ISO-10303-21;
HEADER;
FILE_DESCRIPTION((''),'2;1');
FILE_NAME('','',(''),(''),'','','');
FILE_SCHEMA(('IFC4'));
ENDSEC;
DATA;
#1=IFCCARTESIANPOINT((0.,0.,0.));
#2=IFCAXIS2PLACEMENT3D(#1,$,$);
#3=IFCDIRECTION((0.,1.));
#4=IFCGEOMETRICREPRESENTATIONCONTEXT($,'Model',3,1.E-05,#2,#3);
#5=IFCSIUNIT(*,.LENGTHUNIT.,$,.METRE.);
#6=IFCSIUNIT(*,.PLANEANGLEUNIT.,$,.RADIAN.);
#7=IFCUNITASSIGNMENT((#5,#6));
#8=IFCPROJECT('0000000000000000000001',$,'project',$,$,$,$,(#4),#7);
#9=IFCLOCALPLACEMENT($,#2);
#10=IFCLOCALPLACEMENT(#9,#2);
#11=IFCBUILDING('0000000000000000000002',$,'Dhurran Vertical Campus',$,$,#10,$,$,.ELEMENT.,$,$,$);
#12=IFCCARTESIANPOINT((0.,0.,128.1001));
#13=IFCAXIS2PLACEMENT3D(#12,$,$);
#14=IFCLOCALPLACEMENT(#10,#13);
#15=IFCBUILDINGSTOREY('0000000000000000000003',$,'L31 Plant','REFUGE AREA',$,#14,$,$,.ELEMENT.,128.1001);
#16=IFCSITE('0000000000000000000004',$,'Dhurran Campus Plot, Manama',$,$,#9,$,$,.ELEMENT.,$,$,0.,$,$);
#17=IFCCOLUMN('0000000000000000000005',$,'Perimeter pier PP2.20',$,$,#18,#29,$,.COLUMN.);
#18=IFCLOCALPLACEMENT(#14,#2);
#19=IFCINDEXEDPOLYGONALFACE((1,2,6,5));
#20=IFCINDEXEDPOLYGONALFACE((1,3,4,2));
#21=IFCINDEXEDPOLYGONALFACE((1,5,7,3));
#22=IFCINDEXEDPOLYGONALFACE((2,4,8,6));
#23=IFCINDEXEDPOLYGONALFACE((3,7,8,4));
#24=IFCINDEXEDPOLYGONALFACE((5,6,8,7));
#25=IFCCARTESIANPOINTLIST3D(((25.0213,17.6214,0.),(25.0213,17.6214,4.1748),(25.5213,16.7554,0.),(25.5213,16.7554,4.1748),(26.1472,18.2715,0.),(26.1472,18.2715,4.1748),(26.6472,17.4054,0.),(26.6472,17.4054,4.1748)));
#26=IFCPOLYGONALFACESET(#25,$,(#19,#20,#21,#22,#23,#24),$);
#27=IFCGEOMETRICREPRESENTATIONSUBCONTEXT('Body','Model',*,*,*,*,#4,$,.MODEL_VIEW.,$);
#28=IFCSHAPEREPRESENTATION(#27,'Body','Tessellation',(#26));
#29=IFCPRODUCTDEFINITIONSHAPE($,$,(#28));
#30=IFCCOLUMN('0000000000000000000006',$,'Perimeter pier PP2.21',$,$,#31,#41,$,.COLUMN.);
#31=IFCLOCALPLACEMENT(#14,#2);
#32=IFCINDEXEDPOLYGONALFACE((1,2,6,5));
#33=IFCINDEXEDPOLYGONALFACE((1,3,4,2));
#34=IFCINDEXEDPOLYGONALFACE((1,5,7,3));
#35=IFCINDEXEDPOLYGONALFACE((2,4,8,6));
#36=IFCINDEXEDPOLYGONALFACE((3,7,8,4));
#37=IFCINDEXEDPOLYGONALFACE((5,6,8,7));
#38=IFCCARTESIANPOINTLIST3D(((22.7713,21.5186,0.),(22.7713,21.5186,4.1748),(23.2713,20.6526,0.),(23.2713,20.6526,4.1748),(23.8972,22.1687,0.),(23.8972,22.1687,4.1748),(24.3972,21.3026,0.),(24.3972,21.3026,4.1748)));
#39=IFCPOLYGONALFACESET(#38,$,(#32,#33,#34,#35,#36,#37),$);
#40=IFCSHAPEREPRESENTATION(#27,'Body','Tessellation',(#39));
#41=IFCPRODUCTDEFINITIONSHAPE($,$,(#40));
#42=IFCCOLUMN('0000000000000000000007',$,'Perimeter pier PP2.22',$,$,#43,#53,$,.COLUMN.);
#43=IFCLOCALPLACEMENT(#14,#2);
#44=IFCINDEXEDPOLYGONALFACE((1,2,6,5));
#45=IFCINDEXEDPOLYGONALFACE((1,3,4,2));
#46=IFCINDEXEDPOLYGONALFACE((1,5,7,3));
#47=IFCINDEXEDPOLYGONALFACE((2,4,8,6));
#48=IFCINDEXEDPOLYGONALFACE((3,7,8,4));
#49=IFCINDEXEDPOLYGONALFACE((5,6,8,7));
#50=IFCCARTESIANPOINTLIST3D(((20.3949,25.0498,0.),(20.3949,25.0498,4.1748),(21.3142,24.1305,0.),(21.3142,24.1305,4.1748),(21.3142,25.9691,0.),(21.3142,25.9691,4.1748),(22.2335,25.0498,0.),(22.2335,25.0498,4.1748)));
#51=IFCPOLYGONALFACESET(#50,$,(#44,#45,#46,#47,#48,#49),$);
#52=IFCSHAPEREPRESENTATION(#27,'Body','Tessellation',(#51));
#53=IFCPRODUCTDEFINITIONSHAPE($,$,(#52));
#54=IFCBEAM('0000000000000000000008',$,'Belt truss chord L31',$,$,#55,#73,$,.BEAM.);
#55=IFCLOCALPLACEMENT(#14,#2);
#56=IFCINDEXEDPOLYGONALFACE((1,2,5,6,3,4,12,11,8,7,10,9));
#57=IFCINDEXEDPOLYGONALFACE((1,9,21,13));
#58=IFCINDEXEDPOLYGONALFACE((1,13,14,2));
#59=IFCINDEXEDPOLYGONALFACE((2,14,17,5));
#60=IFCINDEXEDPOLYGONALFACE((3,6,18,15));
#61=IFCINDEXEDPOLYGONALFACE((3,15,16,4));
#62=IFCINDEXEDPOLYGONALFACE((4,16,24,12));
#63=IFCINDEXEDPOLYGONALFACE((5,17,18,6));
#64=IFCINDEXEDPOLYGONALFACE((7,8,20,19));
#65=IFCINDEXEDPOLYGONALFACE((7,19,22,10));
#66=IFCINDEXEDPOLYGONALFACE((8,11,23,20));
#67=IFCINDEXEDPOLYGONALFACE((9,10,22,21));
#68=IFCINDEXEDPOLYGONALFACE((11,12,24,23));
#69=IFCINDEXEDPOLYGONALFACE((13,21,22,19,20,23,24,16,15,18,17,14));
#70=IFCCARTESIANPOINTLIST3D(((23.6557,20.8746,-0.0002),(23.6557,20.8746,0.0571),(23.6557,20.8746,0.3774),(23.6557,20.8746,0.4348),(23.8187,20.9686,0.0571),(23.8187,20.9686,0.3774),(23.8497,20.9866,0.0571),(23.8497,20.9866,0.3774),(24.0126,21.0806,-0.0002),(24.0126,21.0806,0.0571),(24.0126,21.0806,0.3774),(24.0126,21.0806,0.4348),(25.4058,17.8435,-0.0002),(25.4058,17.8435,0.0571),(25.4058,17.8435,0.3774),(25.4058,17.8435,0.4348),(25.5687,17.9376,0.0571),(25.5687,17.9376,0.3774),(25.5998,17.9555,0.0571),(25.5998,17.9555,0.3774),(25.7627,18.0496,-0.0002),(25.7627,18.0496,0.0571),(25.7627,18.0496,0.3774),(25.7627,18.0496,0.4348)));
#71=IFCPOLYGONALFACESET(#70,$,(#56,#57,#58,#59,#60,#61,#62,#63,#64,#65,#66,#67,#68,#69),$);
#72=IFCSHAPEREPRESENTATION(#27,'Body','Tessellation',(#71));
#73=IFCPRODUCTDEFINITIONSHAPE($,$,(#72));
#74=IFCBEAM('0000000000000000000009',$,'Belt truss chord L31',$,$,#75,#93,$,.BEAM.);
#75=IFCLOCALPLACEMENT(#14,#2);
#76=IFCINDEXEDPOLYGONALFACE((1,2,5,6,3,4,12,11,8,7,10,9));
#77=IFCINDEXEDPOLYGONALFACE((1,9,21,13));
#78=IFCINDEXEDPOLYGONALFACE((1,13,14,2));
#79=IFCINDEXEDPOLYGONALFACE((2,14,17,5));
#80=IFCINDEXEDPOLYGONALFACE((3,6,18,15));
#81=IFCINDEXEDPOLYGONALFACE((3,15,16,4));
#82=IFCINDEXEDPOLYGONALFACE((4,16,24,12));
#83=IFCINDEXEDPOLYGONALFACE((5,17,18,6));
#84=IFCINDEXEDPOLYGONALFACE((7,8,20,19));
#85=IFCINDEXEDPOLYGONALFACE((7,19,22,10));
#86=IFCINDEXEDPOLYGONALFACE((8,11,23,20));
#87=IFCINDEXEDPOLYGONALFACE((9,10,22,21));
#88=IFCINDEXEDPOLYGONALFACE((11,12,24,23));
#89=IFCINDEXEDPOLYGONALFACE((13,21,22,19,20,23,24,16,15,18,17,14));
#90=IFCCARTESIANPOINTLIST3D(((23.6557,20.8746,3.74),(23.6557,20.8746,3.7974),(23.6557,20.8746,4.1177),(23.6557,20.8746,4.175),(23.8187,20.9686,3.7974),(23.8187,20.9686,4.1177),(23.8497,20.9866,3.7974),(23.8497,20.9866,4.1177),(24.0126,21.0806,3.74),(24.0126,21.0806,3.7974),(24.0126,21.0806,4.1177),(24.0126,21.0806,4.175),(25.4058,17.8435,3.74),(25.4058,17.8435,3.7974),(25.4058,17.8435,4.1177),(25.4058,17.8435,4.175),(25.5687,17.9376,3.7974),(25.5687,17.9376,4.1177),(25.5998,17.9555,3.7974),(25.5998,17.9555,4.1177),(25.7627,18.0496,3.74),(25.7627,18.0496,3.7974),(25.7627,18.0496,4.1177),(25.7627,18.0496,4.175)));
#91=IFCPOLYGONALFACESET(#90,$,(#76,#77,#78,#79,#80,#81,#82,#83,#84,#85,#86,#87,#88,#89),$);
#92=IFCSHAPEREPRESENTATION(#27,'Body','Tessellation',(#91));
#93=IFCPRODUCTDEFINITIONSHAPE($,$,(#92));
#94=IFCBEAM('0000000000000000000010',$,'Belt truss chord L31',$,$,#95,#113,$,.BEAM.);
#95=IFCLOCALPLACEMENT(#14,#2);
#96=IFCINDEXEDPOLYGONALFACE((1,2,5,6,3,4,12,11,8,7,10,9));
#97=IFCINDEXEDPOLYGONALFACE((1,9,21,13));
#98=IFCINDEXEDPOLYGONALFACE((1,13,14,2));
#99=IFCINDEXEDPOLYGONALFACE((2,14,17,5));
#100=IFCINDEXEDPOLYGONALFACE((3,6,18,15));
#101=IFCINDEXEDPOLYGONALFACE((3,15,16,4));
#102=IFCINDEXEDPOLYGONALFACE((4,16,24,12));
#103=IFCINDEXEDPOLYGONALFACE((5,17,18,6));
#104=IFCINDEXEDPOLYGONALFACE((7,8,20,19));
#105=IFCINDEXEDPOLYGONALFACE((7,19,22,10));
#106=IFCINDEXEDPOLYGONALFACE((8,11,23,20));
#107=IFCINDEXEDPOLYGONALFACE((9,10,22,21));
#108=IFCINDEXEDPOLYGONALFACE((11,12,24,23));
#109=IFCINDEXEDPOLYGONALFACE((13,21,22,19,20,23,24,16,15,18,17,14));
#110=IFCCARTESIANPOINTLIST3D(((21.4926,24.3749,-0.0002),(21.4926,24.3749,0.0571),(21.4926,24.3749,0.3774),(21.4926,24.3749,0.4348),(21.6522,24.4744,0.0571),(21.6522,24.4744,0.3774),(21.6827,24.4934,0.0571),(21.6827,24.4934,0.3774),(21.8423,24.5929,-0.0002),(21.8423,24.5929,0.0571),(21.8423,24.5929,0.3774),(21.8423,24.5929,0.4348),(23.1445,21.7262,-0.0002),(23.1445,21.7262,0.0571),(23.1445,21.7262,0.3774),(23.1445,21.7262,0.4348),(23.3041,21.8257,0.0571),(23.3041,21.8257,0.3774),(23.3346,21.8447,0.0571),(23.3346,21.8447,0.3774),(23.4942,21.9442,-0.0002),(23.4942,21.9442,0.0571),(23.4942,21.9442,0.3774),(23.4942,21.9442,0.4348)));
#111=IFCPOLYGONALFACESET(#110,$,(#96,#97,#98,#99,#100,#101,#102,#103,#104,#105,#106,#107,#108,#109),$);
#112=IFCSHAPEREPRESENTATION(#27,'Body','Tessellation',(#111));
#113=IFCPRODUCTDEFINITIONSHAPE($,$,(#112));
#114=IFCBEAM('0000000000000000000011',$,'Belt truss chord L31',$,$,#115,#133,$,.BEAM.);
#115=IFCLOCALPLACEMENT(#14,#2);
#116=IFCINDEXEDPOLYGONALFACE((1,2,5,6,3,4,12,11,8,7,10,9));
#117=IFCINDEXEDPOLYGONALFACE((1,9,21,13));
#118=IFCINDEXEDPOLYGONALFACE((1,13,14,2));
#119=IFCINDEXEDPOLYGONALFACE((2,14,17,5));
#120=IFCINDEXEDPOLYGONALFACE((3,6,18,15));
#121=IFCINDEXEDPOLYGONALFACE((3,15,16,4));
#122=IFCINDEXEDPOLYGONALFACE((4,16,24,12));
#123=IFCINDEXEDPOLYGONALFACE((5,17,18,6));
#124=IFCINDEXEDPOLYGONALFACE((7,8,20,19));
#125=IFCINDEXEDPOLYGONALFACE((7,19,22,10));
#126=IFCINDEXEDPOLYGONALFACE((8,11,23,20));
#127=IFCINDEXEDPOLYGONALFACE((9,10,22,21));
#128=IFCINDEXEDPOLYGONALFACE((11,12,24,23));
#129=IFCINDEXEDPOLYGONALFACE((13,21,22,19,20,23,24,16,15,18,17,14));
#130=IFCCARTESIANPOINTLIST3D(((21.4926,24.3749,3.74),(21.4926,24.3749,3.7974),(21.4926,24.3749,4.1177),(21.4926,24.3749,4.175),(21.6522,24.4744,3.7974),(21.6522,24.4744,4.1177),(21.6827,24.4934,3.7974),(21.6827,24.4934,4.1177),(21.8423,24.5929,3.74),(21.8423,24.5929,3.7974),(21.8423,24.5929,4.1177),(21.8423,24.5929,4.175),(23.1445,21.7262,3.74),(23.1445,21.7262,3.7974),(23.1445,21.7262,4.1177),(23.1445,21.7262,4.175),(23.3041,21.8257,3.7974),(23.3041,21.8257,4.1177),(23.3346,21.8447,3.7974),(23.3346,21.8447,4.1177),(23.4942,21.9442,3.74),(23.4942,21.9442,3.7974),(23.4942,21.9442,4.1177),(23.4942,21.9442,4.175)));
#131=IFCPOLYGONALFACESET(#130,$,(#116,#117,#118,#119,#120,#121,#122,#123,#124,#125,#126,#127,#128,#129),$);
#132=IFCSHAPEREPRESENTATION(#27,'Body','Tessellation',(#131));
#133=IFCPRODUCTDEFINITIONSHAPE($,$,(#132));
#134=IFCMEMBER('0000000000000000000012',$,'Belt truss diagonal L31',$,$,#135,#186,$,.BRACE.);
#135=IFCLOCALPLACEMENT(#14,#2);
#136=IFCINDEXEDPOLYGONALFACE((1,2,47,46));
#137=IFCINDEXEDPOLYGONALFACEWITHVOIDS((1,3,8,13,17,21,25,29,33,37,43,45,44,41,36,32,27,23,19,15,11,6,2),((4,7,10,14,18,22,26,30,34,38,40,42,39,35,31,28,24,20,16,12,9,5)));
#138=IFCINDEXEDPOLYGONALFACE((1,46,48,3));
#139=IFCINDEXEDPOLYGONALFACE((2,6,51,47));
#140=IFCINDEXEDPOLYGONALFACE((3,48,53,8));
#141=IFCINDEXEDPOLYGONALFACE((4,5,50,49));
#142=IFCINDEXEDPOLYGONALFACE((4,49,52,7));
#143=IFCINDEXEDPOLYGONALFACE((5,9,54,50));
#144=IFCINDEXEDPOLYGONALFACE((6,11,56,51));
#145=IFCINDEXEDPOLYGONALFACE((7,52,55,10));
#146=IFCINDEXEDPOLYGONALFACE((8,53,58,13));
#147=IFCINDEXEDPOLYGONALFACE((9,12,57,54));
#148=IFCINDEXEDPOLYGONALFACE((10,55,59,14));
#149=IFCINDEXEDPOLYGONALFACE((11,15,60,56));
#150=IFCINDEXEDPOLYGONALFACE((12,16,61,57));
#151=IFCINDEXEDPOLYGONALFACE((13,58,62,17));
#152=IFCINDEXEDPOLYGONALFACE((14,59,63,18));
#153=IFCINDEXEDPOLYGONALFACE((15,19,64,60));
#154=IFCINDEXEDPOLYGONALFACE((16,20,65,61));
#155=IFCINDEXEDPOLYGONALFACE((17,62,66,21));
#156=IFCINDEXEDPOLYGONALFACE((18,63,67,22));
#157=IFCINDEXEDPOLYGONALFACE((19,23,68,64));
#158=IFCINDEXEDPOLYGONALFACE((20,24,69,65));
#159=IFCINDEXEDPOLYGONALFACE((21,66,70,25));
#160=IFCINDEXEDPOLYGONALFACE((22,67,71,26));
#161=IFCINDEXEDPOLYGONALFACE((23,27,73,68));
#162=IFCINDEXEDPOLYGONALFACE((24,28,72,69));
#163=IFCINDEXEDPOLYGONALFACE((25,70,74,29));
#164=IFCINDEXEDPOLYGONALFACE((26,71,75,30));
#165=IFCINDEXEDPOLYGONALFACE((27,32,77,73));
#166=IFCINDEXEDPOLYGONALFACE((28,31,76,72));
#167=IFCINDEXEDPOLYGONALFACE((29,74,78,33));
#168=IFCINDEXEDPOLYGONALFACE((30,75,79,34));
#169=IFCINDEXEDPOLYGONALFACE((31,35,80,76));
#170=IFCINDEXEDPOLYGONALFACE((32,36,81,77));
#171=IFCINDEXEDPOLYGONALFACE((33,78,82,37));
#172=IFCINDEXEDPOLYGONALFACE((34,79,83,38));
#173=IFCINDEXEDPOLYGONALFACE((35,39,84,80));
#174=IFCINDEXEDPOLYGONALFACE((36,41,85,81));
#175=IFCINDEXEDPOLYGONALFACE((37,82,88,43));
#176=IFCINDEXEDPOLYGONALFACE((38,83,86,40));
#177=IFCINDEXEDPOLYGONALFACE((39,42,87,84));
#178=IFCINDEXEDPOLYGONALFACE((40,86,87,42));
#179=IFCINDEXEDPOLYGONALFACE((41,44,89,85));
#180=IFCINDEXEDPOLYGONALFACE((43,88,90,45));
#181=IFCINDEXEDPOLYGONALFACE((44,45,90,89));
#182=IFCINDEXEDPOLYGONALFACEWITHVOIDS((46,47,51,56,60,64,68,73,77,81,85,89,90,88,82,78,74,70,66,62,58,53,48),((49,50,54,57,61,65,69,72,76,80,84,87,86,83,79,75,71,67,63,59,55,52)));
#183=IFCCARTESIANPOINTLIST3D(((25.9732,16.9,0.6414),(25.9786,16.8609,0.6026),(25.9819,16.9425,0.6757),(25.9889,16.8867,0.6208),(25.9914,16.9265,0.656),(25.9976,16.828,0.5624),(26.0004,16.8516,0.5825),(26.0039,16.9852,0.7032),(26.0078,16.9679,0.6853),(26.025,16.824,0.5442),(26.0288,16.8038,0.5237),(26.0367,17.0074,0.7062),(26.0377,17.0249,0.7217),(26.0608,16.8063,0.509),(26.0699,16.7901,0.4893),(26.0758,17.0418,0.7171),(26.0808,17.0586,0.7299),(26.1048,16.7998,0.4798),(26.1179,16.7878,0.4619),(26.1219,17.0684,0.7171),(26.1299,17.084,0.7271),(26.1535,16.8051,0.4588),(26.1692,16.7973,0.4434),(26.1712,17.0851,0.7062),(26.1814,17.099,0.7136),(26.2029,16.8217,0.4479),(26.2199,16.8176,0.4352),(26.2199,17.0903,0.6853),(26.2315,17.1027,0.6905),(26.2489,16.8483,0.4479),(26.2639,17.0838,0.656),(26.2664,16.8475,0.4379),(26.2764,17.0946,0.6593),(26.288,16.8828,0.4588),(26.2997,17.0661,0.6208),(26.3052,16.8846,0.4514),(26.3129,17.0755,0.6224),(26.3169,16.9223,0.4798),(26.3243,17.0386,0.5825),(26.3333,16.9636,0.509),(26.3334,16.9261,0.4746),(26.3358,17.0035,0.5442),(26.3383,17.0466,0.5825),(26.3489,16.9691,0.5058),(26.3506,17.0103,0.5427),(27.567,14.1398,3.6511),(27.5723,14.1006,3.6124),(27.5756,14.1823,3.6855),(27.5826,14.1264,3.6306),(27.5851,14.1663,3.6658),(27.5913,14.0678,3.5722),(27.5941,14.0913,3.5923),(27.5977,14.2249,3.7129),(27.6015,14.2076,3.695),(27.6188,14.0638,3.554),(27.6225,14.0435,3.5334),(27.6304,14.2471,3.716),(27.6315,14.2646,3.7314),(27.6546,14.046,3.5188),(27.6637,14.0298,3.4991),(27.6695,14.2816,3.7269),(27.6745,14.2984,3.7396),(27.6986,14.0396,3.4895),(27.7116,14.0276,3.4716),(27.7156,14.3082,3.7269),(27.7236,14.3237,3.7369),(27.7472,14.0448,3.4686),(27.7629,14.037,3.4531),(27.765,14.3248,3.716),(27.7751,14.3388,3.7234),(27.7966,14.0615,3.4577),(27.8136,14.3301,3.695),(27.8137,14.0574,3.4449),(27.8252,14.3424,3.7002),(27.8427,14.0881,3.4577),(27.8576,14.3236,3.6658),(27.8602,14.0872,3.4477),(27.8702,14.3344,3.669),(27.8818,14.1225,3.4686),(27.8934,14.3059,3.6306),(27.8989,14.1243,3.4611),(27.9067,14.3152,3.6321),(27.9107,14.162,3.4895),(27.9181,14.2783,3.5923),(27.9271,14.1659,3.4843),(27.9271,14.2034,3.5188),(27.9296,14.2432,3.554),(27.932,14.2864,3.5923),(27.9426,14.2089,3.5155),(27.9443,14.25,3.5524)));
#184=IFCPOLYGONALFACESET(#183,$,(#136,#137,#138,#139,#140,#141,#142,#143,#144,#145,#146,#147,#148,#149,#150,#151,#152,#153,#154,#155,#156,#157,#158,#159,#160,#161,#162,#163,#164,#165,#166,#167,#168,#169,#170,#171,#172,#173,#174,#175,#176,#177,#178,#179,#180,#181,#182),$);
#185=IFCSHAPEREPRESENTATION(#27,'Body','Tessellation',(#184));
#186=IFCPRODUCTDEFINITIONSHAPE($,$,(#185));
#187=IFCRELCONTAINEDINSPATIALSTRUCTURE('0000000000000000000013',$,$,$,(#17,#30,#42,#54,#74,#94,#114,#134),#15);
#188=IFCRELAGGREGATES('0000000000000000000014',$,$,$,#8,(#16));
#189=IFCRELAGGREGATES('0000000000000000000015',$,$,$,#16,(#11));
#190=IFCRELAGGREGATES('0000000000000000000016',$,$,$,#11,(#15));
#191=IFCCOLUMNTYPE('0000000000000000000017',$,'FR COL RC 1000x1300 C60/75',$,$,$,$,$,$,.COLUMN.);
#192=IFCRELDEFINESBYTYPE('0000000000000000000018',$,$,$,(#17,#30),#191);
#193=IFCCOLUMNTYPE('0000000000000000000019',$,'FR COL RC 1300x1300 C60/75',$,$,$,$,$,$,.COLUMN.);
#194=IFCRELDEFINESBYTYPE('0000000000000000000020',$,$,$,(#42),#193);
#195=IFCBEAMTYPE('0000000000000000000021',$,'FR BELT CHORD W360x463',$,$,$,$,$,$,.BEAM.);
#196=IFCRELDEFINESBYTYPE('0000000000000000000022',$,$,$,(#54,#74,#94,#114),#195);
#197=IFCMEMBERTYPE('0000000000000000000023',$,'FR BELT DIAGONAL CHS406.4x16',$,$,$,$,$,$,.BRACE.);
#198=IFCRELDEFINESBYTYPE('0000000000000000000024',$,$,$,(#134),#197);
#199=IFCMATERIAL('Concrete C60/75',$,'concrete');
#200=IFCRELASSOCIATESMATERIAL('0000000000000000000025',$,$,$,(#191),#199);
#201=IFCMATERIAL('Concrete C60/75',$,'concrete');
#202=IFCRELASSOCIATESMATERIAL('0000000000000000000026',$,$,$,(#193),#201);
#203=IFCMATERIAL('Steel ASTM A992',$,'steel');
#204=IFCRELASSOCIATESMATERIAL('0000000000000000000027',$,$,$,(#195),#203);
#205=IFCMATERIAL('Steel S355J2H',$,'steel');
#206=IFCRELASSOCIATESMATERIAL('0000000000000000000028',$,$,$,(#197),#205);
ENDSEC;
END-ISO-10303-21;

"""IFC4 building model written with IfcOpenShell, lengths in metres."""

from ifc_helpers import new_model, si_unit, direction, frame, origin, origin_2d, place, context, subcontext, project, spatial, rectangle, hollow_circle, i_section, extrude, material, material_profile, profile_set, type_object, element, save


model = new_model("IFC4")

# Units and contexts
model_context = context("Model", 3, precision=1e-05, world=origin(), true_north=direction((0.0, 1.0)))
body_context = subcontext(model_context, "Body", "Model", "MODEL_VIEW")
ifc_project = project(units=[si_unit("LENGTHUNIT", "METRE"), si_unit("PLANEANGLEUNIT", "RADIAN")], contexts=[model_context])

# Site, building, storey
site_placement = place(None, origin())
site = spatial("IfcSite", under=ifc_project, at=site_placement, Name="Dhurran Campus Plot, Manama", CompositionType="ELEMENT", RefElevation=0.0)
building_placement = place(site_placement, origin())
building = spatial("IfcBuilding", under=site, at=building_placement, Name="Dhurran Vertical Campus", CompositionType="ELEMENT")
storey_placement = place(building_placement, frame((0.0, 0.0, 128.1001)))
storey = spatial("IfcBuildingStorey", under=building, at=storey_placement, Name="L31 Plant", Description="REFUGE AREA", CompositionType="ELEMENT", Elevation=128.1001)

# Columns
ifc_material_1 = material(Name="Concrete C60/75", Category="concrete")
ifc_material_profile_1 = material_profile(ifc_material_1, rectangle(XDim=1.0, YDim=1.3, at=origin_2d()), Name="RC 1000x1300")
ifc_profile_set_1 = profile_set([ifc_material_profile_1], Name="Concrete C60/75")
column_type_1 = type_object("IfcColumnType", Name="FR COL RC 1000x1300 C60/75", PredefinedType="COLUMN", material=ifc_profile_set_1)
for number, where, z_axis, x_axis, name in (
    (1, (25.8342, 17.5134, 0.0), (0.0, 0.0, 1.0), (-0.5, 0.866025, 0.0), "Perimeter pier PP2.20"),
    (2, (23.5842, 21.4106, 0.0), (0.0, 0.0, 1.0), (-0.5, 0.866025, 0.0), "Perimeter pier PP2.21"),
):
    element("IfcColumn", number, at=place(storey_placement, frame(where, z_axis=z_axis, x_axis=x_axis)), inside=storey, type_object=column_type_1, Name=name, PredefinedType="COLUMN", context=body_context, shape_type="SweptSolid", body=[
        extrude(rectangle(XDim=1.0, YDim=1.3, at=origin_2d()), origin(), (0.0, 0.0, 1.0), 4.1748),
    ])
ifc_material_2 = material(Name="Concrete C60/75", Category="concrete")
ifc_material_profile_2 = material_profile(ifc_material_2, rectangle(XDim=1.3, YDim=1.3, at=origin_2d()), Name="RC 1300x1300")
ifc_profile_set_2 = profile_set([ifc_material_profile_2], Name="Concrete C60/75")
column_type_2 = type_object("IfcColumnType", Name="FR COL RC 1300x1300 C60/75", PredefinedType="COLUMN", material=ifc_profile_set_2)
column_placement = place(storey_placement, frame((21.3142, 25.0498, 0.0), z_axis=(0.0, 0.0, 1.0), x_axis=(-0.707107, 0.707107, 0.0)))
element("IfcColumn", 3, at=column_placement, inside=storey, type_object=column_type_2, Name="Perimeter pier PP2.22", PredefinedType="COLUMN", context=body_context, shape_type="SweptSolid", body=[
    extrude(rectangle(XDim=1.3, YDim=1.3, at=origin_2d()), origin(), (0.0, 0.0, 1.0), 4.1748),
])

# Beams
ifc_material_3 = material(Name="Steel ASTM A992", Category="steel")
ifc_material_profile_3 = material_profile(ifc_material_3, i_section(OverallWidth=0.4121, OverallDepth=0.4351, WebThickness=0.0359, FlangeThickness=0.0574, at=origin_2d()), Name="W360x463")
ifc_profile_set_3 = profile_set([ifc_material_profile_3], Name="Steel ASTM A992")
beam_type = type_object("IfcBeamType", Name="FR BELT CHORD W360x463", PredefinedType="BEAM", material=ifc_profile_set_3)
for number, where, z_axis, x_axis, name in (
    (4, (25.5842, 17.9465, 0.2173), (-0.50001, 0.866019, 0.0), (-0.866019, -0.50001, 0.0), "Belt truss chord L31"),
    (5, (25.5842, 17.9465, 3.9575), (-0.50001, 0.866019, 0.0), (-0.866019, -0.50001, 0.0), "Belt truss chord L31"),
):
    element("IfcBeam", number, at=place(storey_placement, frame(where, z_axis=z_axis, x_axis=x_axis)), inside=storey, type_object=beam_type, Name=name, PredefinedType="BEAM", context=body_context, shape_type="SweptSolid", body=[
        extrude(i_section(OverallWidth=0.4121, OverallDepth=0.4351, WebThickness=0.0359, FlangeThickness=0.0574, at=origin_2d()), origin(), (0.0, 0.0, 1.0), 3.5),
    ])
for number, where, z_axis, x_axis, name in (
    (6, (23.3193, 21.8352, 0.2173), (-0.529176, 0.848512, 0.0), (-0.848512, -0.529176, 0.0), "Belt truss chord L31"),
    (7, (23.3193, 21.8352, 3.9575), (-0.529176, 0.848512, 0.0), (-0.848512, -0.529176, 0.0), "Belt truss chord L31"),
):
    element("IfcBeam", number, at=place(storey_placement, frame(where, z_axis=z_axis, x_axis=x_axis)), inside=storey, type_object=beam_type, Name=name, PredefinedType="BEAM", context=body_context, shape_type="SweptSolid", body=[
        extrude(i_section(OverallWidth=0.4121, OverallDepth=0.4351, WebThickness=0.0359, FlangeThickness=0.0574, at=origin_2d()), origin(), (0.0, 0.0, 1.0), 3.1216),
    ])

# Member
ifc_material_4 = material(Name="Steel S355J2H", Category="steel")
ifc_material_profile_4 = material_profile(ifc_material_4, hollow_circle(Radius=0.2031, WallThickness=0.0161, at=origin_2d()), Name="CHS406.4x16")
ifc_profile_set_4 = profile_set([ifc_material_profile_4], Name="Steel S355J2H")
member_type = type_object("IfcMemberType", Name="FR BELT DIAGONAL CHS406.4x16", PredefinedType="BRACE", material=ifc_profile_set_4)
member_1_placement = place(storey_placement, frame((26.1624, 16.9451, 0.5825), z_axis=(0.363554, -0.629648, 0.686565), x_axis=(0.86601, 0.500027, 0.0)))
element("IfcMember", 8, at=member_1_placement, inside=storey, type_object=member_type, Name="Belt truss diagonal L31", PredefinedType="BRACE", context=body_context, shape_type="SweptSolid", body=[
    extrude(hollow_circle(Radius=0.2031, WallThickness=0.0161, at=origin_2d()), origin(), (0.0, 0.0, 1.0), 4.3838),
])

save(model, "model.ifc")
